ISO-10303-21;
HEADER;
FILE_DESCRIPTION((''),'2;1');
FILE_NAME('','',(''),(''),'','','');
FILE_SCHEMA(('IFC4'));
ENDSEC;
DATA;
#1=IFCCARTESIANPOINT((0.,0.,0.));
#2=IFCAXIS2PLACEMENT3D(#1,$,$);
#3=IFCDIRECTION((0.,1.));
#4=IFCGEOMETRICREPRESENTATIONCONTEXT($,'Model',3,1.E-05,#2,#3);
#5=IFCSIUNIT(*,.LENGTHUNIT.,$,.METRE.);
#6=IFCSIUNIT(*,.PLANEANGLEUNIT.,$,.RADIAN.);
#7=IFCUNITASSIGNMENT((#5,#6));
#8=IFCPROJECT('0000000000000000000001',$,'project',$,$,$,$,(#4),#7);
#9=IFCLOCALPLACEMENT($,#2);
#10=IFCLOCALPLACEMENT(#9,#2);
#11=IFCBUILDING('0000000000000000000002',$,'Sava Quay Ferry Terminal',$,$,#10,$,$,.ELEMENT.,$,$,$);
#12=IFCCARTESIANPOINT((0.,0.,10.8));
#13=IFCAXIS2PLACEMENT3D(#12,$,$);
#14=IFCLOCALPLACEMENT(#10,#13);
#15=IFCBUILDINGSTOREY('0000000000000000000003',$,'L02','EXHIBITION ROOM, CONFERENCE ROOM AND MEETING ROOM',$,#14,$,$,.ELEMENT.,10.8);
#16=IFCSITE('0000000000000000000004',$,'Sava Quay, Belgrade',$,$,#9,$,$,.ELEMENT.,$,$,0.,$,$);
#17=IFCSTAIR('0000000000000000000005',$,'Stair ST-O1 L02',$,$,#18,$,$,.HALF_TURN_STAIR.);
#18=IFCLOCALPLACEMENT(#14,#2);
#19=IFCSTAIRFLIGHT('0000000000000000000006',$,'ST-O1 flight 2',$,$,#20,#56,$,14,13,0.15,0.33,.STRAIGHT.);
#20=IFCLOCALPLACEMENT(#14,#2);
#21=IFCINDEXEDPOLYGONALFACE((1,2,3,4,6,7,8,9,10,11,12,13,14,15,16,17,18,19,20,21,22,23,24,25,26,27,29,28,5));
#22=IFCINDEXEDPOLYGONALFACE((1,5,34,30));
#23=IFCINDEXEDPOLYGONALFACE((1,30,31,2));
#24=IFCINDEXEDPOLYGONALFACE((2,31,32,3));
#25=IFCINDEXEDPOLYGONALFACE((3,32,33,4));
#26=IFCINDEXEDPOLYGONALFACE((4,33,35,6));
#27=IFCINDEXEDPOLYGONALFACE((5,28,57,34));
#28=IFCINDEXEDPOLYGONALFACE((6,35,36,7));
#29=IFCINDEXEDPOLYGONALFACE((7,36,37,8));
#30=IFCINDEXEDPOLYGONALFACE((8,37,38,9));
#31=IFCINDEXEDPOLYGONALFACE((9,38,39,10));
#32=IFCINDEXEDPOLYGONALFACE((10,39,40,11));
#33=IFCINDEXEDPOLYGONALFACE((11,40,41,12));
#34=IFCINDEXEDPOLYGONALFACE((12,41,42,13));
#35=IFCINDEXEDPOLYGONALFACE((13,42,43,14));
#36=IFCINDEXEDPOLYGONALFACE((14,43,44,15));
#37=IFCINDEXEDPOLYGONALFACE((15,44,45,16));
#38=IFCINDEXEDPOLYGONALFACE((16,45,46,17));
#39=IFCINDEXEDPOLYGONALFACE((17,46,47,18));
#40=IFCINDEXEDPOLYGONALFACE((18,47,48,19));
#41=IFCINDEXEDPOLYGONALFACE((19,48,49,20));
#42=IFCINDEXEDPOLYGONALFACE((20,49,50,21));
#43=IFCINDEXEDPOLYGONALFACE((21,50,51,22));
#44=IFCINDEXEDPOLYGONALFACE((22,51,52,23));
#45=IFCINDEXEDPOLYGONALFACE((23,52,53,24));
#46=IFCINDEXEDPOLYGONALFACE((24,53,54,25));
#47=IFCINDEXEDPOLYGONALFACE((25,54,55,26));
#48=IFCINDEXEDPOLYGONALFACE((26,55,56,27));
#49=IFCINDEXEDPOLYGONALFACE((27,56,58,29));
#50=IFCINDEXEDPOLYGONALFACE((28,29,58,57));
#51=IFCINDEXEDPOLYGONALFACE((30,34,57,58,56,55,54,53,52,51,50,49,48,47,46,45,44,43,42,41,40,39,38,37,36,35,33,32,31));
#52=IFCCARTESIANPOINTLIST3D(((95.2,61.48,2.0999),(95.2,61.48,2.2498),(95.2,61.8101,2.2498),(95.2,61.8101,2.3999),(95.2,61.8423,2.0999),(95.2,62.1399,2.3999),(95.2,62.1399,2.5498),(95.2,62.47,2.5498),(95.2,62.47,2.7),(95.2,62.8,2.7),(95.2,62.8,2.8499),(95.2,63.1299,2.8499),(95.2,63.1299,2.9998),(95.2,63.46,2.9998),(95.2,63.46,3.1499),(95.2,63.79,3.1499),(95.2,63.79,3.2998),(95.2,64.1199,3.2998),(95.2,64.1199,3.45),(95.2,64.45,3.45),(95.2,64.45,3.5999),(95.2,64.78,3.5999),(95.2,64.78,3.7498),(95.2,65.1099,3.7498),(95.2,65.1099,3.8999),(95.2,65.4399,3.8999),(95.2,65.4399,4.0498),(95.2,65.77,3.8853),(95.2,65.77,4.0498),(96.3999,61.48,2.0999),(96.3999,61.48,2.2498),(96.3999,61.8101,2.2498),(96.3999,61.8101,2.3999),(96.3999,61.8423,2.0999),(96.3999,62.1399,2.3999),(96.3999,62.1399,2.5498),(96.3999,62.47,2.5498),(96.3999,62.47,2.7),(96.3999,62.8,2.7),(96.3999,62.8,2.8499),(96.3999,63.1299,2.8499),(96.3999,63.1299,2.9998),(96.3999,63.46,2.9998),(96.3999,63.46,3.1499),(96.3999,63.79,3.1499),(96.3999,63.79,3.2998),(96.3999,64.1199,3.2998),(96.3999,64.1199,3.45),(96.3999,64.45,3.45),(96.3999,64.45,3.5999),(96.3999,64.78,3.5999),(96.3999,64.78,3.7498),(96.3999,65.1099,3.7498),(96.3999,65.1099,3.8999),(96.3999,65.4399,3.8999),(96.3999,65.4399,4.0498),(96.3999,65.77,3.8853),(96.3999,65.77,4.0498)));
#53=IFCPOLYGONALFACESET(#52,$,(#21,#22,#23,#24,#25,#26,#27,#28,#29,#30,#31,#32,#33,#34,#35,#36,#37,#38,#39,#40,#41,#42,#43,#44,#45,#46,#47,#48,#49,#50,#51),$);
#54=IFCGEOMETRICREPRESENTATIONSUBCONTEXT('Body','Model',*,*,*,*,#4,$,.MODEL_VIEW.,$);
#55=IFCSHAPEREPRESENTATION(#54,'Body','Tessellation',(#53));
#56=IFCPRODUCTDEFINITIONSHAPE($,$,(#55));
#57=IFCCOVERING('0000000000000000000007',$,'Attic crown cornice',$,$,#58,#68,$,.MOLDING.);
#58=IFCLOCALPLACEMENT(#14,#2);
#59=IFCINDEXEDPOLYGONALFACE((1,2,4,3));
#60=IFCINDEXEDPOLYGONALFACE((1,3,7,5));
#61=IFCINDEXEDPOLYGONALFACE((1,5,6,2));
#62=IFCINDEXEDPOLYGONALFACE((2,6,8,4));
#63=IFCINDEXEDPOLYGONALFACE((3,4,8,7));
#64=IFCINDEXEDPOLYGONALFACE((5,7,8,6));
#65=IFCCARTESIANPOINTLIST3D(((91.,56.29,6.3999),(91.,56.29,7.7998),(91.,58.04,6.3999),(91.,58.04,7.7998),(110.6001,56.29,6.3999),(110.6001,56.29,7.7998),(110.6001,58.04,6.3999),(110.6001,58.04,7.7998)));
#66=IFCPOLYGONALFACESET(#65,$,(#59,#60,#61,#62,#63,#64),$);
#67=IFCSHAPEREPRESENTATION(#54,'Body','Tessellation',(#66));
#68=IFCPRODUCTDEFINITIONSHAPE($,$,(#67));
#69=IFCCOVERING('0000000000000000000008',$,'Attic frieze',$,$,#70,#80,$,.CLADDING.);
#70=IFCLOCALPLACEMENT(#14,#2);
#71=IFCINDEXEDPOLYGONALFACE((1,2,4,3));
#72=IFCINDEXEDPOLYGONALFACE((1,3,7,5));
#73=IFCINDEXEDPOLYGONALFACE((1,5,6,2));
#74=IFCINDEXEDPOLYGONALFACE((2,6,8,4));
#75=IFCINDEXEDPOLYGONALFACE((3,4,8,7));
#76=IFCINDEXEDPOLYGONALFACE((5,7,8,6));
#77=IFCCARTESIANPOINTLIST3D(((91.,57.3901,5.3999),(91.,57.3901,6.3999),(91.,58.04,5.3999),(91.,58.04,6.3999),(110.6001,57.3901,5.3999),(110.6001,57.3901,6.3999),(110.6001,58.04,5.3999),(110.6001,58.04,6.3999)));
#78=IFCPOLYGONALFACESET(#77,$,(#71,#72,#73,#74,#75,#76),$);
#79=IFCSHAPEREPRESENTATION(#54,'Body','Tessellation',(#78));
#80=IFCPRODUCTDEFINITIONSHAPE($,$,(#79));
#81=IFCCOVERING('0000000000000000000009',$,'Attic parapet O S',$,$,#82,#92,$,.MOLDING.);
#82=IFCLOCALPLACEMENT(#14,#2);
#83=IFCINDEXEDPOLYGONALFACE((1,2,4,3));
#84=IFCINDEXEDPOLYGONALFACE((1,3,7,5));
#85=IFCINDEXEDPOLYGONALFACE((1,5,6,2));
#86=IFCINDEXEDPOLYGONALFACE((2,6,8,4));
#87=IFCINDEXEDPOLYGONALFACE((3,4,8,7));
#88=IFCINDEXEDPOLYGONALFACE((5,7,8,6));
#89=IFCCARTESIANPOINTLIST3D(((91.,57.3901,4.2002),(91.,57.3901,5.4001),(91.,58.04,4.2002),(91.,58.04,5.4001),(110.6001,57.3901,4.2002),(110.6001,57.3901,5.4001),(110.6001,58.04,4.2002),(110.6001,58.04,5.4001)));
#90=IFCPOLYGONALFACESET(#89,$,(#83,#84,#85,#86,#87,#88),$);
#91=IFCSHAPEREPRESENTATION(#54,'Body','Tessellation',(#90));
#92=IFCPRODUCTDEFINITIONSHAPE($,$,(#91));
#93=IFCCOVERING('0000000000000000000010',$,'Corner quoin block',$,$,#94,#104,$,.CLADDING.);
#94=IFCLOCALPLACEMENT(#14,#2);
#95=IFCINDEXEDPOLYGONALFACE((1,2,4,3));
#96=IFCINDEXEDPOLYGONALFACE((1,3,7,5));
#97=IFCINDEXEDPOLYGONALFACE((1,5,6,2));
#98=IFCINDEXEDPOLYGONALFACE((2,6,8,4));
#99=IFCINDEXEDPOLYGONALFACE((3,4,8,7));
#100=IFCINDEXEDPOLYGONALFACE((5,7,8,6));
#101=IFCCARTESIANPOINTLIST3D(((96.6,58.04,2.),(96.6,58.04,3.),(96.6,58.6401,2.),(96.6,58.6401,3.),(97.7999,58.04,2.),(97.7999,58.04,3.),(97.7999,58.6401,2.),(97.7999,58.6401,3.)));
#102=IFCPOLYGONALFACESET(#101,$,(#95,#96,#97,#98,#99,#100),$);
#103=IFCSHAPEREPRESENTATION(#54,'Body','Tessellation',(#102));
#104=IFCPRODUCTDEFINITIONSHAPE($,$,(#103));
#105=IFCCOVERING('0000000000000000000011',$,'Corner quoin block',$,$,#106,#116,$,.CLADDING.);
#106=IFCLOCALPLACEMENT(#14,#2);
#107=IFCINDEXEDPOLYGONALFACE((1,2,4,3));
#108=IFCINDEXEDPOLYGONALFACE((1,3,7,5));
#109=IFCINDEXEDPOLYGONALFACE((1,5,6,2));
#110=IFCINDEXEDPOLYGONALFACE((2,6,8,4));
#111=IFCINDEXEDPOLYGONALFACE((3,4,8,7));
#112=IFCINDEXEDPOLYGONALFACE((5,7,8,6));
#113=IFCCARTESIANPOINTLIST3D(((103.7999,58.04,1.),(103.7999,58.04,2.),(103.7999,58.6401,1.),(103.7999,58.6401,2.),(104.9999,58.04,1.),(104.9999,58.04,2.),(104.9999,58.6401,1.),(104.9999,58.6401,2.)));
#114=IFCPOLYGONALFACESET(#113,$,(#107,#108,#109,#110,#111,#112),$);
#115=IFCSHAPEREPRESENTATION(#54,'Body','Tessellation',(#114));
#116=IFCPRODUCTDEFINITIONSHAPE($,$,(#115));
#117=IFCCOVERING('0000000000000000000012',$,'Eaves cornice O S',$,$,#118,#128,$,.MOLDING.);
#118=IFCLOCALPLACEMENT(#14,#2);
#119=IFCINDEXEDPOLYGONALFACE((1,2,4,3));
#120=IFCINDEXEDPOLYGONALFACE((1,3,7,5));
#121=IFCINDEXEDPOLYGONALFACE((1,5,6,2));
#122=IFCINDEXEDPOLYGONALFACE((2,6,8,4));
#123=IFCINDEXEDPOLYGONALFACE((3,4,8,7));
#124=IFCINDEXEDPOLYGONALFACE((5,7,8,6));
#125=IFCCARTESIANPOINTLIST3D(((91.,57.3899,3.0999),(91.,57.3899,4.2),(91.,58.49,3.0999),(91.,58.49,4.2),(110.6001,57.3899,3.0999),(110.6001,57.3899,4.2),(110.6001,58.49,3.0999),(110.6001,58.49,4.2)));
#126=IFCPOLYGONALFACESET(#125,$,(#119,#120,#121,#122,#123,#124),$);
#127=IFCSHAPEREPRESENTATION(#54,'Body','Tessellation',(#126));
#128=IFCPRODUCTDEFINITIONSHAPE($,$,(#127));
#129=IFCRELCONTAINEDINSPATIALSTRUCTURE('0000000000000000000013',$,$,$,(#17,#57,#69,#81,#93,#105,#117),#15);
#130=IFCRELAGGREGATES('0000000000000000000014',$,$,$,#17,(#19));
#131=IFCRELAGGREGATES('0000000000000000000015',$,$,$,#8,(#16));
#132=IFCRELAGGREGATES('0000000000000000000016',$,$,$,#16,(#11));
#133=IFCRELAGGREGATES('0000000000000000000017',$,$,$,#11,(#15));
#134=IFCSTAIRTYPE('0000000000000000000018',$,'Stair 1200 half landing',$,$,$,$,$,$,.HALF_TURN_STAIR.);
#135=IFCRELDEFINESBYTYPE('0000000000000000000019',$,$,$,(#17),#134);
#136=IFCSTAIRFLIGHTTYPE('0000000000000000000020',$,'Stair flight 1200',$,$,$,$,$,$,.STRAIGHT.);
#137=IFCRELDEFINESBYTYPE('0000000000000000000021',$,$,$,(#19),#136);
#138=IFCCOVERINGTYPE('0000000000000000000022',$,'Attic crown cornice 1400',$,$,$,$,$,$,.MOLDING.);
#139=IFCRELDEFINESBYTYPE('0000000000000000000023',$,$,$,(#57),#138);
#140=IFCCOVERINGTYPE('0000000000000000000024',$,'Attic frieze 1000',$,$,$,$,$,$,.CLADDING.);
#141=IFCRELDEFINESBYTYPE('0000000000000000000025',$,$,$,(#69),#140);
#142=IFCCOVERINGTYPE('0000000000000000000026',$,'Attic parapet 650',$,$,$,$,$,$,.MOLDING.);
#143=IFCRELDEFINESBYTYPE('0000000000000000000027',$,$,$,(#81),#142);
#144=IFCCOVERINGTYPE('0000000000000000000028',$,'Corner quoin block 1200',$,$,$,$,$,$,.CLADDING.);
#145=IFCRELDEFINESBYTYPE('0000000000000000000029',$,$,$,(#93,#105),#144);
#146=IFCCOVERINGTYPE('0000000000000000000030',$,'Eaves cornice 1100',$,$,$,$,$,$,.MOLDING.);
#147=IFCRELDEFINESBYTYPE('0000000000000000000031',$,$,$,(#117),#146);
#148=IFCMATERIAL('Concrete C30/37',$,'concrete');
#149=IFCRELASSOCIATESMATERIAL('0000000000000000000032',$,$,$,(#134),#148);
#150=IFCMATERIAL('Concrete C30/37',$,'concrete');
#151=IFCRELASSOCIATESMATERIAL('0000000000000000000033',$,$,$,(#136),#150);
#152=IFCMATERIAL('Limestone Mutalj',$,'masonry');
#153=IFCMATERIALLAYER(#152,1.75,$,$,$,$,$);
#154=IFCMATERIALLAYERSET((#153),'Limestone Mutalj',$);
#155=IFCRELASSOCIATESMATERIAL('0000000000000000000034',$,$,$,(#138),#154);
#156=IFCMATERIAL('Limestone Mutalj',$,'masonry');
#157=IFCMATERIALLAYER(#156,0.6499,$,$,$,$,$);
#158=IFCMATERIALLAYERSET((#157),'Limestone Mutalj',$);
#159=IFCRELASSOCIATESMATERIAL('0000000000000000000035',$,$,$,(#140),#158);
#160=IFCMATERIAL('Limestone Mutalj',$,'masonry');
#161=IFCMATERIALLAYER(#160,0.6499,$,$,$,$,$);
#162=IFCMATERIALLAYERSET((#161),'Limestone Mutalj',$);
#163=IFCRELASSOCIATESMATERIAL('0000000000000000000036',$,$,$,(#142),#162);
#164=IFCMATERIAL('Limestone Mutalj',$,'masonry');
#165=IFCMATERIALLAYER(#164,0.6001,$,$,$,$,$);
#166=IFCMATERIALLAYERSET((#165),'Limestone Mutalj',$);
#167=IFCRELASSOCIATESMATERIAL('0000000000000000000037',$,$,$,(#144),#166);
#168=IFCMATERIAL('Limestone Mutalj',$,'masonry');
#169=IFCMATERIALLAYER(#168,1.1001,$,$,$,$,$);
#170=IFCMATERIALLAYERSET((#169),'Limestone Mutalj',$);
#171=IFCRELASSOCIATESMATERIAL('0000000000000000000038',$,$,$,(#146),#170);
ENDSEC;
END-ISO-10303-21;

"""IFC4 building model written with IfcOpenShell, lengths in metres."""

from ifc_helpers import new_model, si_unit, direction, frame, origin, origin_2d, place, context, subcontext, project, spatial, polyline, rectangle, outline, extrude, material, layer, layer_set, type_object, element, aggregate, save


model = new_model("IFC4")

# Units and contexts
model_context = context("Model", 3, precision=1e-05, world=origin(), true_north=direction((0.0, 1.0)))
body_context = subcontext(model_context, "Body", "Model", "MODEL_VIEW")
ifc_project = project(units=[si_unit("LENGTHUNIT", "METRE"), si_unit("PLANEANGLEUNIT", "RADIAN")], contexts=[model_context])

# Site, building, storey
site_placement = place(None, origin())
site = spatial("IfcSite", under=ifc_project, at=site_placement, Name="Sava Quay, Belgrade", CompositionType="ELEMENT", RefElevation=0.0)
building_placement = place(site_placement, origin())
building = spatial("IfcBuilding", under=site, at=building_placement, Name="Sava Quay Ferry Terminal", CompositionType="ELEMENT")
storey_placement = place(building_placement, frame((0.0, 0.0, 10.8)))
storey = spatial("IfcBuildingStorey", under=building, at=storey_placement, Name="L02", Description="EXHIBITION ROOM, CONFERENCE ROOM AND MEETING ROOM", CompositionType="ELEMENT", Elevation=10.8)

# Stair, stair flight
ifc_material_1 = material(Name="Concrete C30/37", Category="concrete")
stair_type = type_object("IfcStairType", Name="Stair 1200 half landing", PredefinedType="HALF_TURN_STAIR", material=ifc_material_1)
stair_placement = place(storey_placement, origin())
stair = element("IfcStair", 1, at=stair_placement, inside=storey, type_object=stair_type, Name="Stair ST-O1 L02", PredefinedType="HALF_TURN_STAIR")
ifc_material_2 = material(Name="Concrete C30/37", Category="concrete")
stair_flight_type = type_object("IfcStairFlightType", Name="Stair flight 1200", PredefinedType="STRAIGHT", material=ifc_material_2)
stair_flight_placement = place(storey_placement, frame((95.8, 61.48, 2.0999), z_axis=(0.0, 0.0, 1.0), x_axis=(0.0, 1.0, 0.0)))
stair_flight = element("IfcStairFlight", 2, at=stair_flight_placement, type_object=stair_flight_type, Name="ST-O1 flight 2", NumberOfRisers=14, NumberOfTreads=13, PredefinedType="STRAIGHT", RiserHeight=0.15, TreadLength=0.33, context=body_context, shape_type="SweptSolid", body=[
    extrude(outline(polyline([(0.0, 0.0), (0.0, 0.1499), (0.3301, 0.1499), (0.3301, 0.3), (0.6599, 0.3), (0.6599, 0.45), (0.99, 0.45), (0.99, 0.6001), (1.3201, 0.6001), (1.3201, 0.75), (1.6499, 0.75), (1.6499, 0.8999), (1.98, 0.8999), (1.98, 1.05), (2.3101, 1.05), (2.3101, 1.2), (2.6399, 1.2), (2.6399, 1.3501), (2.97, 1.3501), (2.97, 1.5), (3.3, 1.5), (3.3, 1.6499), (3.6299, 1.6499), (3.6299, 1.8), (3.96, 1.8), (3.96, 1.95), (4.29, 1.95), (4.29, 2.1001), (4.29, 1.7854), (0.3623, 0.0), (0.0, 0.0)])), frame((0.0, 0.6001, 0.0), z_axis=(0.0, -1.0, 0.0), x_axis=(1.0, 0.0, 0.0)), (0.0, 0.0, 1.0), 1.2),
])
aggregate(stair, [stair_flight])

# Coverings
ifc_material_3 = material(Name="Limestone Mutalj", Category="masonry")
ifc_layer_1 = layer(ifc_material_3, 1.75)
ifc_layer_set_1 = layer_set([ifc_layer_1], Name="Limestone Mutalj")
covering_type_1 = type_object("IfcCoveringType", Name="Attic crown cornice 1400", PredefinedType="MOLDING", material=ifc_layer_set_1)
covering_1_placement = place(storey_placement, frame((100.8, 57.165, 6.3999), z_axis=(0.0, 0.0, 1.0), x_axis=(1.0, 0.0, 0.0)))
element("IfcCovering", 3, at=covering_1_placement, inside=storey, type_object=covering_type_1, Name="Attic crown cornice", PredefinedType="MOLDING", context=body_context, shape_type="SweptSolid", body=[
    extrude(rectangle(XDim=19.6001, YDim=1.75, at=origin_2d()), origin(), (0.0, 0.0, 1.0), 1.3999),
])
ifc_material_4 = material(Name="Limestone Mutalj", Category="masonry")
ifc_layer_2 = layer(ifc_material_4, 0.6499)
ifc_layer_set_2 = layer_set([ifc_layer_2], Name="Limestone Mutalj")
covering_type_2 = type_object("IfcCoveringType", Name="Attic frieze 1000", PredefinedType="CLADDING", material=ifc_layer_set_2)
covering_2_placement = place(storey_placement, frame((100.8, 57.7151, 5.3999), z_axis=(0.0, 0.0, 1.0), x_axis=(1.0, 0.0, 0.0)))
element("IfcCovering", 4, at=covering_2_placement, inside=storey, type_object=covering_type_2, Name="Attic frieze", PredefinedType="CLADDING", context=body_context, shape_type="SweptSolid", body=[
    extrude(rectangle(XDim=19.6001, YDim=0.6499, at=origin_2d()), origin(), (0.0, 0.0, 1.0), 1.0),
])
ifc_material_5 = material(Name="Limestone Mutalj", Category="masonry")
ifc_layer_3 = layer(ifc_material_5, 0.6499)
ifc_layer_set_3 = layer_set([ifc_layer_3], Name="Limestone Mutalj")
covering_type_3 = type_object("IfcCoveringType", Name="Attic parapet 650", PredefinedType="MOLDING", material=ifc_layer_set_3)
covering_3_placement = place(storey_placement, frame((100.8, 57.7151, 4.2002), z_axis=(0.0, 0.0, 1.0), x_axis=(1.0, 0.0, 0.0)))
element("IfcCovering", 5, at=covering_3_placement, inside=storey, type_object=covering_type_3, Name="Attic parapet O S", PredefinedType="MOLDING", context=body_context, shape_type="SweptSolid", body=[
    extrude(rectangle(XDim=19.6001, YDim=0.6499, at=origin_2d()), origin(), (0.0, 0.0, 1.0), 1.2),
])
ifc_material_6 = material(Name="Limestone Mutalj", Category="masonry")
ifc_layer_4 = layer(ifc_material_6, 0.6001)
ifc_layer_set_4 = layer_set([ifc_layer_4], Name="Limestone Mutalj")
covering_type_4 = type_object("IfcCoveringType", Name="Corner quoin block 1200", PredefinedType="CLADDING", material=ifc_layer_set_4)
for number, where, z_axis, x_axis, name in (
    (6, (97.2, 58.3401, 2.0), (0.0, 0.0, 1.0), (1.0, 0.0, 0.0), "Corner quoin block"),
    (7, (104.3999, 58.3401, 1.0), (0.0, 0.0, 1.0), (1.0, 0.0, 0.0), "Corner quoin block"),
):
    element("IfcCovering", number, at=place(storey_placement, frame(where, z_axis=z_axis, x_axis=x_axis)), inside=storey, type_object=covering_type_4, Name=name, PredefinedType="CLADDING", context=body_context, shape_type="SweptSolid", body=[
        extrude(rectangle(XDim=1.2, YDim=0.6001, at=origin_2d()), origin(), (0.0, 0.0, 1.0), 1.0),
    ])
ifc_material_7 = material(Name="Limestone Mutalj", Category="masonry")
ifc_layer_5 = layer(ifc_material_7, 1.1001)
ifc_layer_set_5 = layer_set([ifc_layer_5], Name="Limestone Mutalj")
covering_type_5 = type_object("IfcCoveringType", Name="Eaves cornice 1100", PredefinedType="MOLDING", material=ifc_layer_set_5)
covering_4_placement = place(storey_placement, frame((100.8, 57.9399, 3.0999), z_axis=(0.0, 0.0, 1.0), x_axis=(1.0, 0.0, 0.0)))
element("IfcCovering", 8, at=covering_4_placement, inside=storey, type_object=covering_type_5, Name="Eaves cornice O S", PredefinedType="MOLDING", context=body_context, shape_type="SweptSolid", body=[
    extrude(rectangle(XDim=19.6001, YDim=1.1001, at=origin_2d()), origin(), (0.0, 0.0, 1.0), 1.1001),
])

save(model, "model.ifc")
